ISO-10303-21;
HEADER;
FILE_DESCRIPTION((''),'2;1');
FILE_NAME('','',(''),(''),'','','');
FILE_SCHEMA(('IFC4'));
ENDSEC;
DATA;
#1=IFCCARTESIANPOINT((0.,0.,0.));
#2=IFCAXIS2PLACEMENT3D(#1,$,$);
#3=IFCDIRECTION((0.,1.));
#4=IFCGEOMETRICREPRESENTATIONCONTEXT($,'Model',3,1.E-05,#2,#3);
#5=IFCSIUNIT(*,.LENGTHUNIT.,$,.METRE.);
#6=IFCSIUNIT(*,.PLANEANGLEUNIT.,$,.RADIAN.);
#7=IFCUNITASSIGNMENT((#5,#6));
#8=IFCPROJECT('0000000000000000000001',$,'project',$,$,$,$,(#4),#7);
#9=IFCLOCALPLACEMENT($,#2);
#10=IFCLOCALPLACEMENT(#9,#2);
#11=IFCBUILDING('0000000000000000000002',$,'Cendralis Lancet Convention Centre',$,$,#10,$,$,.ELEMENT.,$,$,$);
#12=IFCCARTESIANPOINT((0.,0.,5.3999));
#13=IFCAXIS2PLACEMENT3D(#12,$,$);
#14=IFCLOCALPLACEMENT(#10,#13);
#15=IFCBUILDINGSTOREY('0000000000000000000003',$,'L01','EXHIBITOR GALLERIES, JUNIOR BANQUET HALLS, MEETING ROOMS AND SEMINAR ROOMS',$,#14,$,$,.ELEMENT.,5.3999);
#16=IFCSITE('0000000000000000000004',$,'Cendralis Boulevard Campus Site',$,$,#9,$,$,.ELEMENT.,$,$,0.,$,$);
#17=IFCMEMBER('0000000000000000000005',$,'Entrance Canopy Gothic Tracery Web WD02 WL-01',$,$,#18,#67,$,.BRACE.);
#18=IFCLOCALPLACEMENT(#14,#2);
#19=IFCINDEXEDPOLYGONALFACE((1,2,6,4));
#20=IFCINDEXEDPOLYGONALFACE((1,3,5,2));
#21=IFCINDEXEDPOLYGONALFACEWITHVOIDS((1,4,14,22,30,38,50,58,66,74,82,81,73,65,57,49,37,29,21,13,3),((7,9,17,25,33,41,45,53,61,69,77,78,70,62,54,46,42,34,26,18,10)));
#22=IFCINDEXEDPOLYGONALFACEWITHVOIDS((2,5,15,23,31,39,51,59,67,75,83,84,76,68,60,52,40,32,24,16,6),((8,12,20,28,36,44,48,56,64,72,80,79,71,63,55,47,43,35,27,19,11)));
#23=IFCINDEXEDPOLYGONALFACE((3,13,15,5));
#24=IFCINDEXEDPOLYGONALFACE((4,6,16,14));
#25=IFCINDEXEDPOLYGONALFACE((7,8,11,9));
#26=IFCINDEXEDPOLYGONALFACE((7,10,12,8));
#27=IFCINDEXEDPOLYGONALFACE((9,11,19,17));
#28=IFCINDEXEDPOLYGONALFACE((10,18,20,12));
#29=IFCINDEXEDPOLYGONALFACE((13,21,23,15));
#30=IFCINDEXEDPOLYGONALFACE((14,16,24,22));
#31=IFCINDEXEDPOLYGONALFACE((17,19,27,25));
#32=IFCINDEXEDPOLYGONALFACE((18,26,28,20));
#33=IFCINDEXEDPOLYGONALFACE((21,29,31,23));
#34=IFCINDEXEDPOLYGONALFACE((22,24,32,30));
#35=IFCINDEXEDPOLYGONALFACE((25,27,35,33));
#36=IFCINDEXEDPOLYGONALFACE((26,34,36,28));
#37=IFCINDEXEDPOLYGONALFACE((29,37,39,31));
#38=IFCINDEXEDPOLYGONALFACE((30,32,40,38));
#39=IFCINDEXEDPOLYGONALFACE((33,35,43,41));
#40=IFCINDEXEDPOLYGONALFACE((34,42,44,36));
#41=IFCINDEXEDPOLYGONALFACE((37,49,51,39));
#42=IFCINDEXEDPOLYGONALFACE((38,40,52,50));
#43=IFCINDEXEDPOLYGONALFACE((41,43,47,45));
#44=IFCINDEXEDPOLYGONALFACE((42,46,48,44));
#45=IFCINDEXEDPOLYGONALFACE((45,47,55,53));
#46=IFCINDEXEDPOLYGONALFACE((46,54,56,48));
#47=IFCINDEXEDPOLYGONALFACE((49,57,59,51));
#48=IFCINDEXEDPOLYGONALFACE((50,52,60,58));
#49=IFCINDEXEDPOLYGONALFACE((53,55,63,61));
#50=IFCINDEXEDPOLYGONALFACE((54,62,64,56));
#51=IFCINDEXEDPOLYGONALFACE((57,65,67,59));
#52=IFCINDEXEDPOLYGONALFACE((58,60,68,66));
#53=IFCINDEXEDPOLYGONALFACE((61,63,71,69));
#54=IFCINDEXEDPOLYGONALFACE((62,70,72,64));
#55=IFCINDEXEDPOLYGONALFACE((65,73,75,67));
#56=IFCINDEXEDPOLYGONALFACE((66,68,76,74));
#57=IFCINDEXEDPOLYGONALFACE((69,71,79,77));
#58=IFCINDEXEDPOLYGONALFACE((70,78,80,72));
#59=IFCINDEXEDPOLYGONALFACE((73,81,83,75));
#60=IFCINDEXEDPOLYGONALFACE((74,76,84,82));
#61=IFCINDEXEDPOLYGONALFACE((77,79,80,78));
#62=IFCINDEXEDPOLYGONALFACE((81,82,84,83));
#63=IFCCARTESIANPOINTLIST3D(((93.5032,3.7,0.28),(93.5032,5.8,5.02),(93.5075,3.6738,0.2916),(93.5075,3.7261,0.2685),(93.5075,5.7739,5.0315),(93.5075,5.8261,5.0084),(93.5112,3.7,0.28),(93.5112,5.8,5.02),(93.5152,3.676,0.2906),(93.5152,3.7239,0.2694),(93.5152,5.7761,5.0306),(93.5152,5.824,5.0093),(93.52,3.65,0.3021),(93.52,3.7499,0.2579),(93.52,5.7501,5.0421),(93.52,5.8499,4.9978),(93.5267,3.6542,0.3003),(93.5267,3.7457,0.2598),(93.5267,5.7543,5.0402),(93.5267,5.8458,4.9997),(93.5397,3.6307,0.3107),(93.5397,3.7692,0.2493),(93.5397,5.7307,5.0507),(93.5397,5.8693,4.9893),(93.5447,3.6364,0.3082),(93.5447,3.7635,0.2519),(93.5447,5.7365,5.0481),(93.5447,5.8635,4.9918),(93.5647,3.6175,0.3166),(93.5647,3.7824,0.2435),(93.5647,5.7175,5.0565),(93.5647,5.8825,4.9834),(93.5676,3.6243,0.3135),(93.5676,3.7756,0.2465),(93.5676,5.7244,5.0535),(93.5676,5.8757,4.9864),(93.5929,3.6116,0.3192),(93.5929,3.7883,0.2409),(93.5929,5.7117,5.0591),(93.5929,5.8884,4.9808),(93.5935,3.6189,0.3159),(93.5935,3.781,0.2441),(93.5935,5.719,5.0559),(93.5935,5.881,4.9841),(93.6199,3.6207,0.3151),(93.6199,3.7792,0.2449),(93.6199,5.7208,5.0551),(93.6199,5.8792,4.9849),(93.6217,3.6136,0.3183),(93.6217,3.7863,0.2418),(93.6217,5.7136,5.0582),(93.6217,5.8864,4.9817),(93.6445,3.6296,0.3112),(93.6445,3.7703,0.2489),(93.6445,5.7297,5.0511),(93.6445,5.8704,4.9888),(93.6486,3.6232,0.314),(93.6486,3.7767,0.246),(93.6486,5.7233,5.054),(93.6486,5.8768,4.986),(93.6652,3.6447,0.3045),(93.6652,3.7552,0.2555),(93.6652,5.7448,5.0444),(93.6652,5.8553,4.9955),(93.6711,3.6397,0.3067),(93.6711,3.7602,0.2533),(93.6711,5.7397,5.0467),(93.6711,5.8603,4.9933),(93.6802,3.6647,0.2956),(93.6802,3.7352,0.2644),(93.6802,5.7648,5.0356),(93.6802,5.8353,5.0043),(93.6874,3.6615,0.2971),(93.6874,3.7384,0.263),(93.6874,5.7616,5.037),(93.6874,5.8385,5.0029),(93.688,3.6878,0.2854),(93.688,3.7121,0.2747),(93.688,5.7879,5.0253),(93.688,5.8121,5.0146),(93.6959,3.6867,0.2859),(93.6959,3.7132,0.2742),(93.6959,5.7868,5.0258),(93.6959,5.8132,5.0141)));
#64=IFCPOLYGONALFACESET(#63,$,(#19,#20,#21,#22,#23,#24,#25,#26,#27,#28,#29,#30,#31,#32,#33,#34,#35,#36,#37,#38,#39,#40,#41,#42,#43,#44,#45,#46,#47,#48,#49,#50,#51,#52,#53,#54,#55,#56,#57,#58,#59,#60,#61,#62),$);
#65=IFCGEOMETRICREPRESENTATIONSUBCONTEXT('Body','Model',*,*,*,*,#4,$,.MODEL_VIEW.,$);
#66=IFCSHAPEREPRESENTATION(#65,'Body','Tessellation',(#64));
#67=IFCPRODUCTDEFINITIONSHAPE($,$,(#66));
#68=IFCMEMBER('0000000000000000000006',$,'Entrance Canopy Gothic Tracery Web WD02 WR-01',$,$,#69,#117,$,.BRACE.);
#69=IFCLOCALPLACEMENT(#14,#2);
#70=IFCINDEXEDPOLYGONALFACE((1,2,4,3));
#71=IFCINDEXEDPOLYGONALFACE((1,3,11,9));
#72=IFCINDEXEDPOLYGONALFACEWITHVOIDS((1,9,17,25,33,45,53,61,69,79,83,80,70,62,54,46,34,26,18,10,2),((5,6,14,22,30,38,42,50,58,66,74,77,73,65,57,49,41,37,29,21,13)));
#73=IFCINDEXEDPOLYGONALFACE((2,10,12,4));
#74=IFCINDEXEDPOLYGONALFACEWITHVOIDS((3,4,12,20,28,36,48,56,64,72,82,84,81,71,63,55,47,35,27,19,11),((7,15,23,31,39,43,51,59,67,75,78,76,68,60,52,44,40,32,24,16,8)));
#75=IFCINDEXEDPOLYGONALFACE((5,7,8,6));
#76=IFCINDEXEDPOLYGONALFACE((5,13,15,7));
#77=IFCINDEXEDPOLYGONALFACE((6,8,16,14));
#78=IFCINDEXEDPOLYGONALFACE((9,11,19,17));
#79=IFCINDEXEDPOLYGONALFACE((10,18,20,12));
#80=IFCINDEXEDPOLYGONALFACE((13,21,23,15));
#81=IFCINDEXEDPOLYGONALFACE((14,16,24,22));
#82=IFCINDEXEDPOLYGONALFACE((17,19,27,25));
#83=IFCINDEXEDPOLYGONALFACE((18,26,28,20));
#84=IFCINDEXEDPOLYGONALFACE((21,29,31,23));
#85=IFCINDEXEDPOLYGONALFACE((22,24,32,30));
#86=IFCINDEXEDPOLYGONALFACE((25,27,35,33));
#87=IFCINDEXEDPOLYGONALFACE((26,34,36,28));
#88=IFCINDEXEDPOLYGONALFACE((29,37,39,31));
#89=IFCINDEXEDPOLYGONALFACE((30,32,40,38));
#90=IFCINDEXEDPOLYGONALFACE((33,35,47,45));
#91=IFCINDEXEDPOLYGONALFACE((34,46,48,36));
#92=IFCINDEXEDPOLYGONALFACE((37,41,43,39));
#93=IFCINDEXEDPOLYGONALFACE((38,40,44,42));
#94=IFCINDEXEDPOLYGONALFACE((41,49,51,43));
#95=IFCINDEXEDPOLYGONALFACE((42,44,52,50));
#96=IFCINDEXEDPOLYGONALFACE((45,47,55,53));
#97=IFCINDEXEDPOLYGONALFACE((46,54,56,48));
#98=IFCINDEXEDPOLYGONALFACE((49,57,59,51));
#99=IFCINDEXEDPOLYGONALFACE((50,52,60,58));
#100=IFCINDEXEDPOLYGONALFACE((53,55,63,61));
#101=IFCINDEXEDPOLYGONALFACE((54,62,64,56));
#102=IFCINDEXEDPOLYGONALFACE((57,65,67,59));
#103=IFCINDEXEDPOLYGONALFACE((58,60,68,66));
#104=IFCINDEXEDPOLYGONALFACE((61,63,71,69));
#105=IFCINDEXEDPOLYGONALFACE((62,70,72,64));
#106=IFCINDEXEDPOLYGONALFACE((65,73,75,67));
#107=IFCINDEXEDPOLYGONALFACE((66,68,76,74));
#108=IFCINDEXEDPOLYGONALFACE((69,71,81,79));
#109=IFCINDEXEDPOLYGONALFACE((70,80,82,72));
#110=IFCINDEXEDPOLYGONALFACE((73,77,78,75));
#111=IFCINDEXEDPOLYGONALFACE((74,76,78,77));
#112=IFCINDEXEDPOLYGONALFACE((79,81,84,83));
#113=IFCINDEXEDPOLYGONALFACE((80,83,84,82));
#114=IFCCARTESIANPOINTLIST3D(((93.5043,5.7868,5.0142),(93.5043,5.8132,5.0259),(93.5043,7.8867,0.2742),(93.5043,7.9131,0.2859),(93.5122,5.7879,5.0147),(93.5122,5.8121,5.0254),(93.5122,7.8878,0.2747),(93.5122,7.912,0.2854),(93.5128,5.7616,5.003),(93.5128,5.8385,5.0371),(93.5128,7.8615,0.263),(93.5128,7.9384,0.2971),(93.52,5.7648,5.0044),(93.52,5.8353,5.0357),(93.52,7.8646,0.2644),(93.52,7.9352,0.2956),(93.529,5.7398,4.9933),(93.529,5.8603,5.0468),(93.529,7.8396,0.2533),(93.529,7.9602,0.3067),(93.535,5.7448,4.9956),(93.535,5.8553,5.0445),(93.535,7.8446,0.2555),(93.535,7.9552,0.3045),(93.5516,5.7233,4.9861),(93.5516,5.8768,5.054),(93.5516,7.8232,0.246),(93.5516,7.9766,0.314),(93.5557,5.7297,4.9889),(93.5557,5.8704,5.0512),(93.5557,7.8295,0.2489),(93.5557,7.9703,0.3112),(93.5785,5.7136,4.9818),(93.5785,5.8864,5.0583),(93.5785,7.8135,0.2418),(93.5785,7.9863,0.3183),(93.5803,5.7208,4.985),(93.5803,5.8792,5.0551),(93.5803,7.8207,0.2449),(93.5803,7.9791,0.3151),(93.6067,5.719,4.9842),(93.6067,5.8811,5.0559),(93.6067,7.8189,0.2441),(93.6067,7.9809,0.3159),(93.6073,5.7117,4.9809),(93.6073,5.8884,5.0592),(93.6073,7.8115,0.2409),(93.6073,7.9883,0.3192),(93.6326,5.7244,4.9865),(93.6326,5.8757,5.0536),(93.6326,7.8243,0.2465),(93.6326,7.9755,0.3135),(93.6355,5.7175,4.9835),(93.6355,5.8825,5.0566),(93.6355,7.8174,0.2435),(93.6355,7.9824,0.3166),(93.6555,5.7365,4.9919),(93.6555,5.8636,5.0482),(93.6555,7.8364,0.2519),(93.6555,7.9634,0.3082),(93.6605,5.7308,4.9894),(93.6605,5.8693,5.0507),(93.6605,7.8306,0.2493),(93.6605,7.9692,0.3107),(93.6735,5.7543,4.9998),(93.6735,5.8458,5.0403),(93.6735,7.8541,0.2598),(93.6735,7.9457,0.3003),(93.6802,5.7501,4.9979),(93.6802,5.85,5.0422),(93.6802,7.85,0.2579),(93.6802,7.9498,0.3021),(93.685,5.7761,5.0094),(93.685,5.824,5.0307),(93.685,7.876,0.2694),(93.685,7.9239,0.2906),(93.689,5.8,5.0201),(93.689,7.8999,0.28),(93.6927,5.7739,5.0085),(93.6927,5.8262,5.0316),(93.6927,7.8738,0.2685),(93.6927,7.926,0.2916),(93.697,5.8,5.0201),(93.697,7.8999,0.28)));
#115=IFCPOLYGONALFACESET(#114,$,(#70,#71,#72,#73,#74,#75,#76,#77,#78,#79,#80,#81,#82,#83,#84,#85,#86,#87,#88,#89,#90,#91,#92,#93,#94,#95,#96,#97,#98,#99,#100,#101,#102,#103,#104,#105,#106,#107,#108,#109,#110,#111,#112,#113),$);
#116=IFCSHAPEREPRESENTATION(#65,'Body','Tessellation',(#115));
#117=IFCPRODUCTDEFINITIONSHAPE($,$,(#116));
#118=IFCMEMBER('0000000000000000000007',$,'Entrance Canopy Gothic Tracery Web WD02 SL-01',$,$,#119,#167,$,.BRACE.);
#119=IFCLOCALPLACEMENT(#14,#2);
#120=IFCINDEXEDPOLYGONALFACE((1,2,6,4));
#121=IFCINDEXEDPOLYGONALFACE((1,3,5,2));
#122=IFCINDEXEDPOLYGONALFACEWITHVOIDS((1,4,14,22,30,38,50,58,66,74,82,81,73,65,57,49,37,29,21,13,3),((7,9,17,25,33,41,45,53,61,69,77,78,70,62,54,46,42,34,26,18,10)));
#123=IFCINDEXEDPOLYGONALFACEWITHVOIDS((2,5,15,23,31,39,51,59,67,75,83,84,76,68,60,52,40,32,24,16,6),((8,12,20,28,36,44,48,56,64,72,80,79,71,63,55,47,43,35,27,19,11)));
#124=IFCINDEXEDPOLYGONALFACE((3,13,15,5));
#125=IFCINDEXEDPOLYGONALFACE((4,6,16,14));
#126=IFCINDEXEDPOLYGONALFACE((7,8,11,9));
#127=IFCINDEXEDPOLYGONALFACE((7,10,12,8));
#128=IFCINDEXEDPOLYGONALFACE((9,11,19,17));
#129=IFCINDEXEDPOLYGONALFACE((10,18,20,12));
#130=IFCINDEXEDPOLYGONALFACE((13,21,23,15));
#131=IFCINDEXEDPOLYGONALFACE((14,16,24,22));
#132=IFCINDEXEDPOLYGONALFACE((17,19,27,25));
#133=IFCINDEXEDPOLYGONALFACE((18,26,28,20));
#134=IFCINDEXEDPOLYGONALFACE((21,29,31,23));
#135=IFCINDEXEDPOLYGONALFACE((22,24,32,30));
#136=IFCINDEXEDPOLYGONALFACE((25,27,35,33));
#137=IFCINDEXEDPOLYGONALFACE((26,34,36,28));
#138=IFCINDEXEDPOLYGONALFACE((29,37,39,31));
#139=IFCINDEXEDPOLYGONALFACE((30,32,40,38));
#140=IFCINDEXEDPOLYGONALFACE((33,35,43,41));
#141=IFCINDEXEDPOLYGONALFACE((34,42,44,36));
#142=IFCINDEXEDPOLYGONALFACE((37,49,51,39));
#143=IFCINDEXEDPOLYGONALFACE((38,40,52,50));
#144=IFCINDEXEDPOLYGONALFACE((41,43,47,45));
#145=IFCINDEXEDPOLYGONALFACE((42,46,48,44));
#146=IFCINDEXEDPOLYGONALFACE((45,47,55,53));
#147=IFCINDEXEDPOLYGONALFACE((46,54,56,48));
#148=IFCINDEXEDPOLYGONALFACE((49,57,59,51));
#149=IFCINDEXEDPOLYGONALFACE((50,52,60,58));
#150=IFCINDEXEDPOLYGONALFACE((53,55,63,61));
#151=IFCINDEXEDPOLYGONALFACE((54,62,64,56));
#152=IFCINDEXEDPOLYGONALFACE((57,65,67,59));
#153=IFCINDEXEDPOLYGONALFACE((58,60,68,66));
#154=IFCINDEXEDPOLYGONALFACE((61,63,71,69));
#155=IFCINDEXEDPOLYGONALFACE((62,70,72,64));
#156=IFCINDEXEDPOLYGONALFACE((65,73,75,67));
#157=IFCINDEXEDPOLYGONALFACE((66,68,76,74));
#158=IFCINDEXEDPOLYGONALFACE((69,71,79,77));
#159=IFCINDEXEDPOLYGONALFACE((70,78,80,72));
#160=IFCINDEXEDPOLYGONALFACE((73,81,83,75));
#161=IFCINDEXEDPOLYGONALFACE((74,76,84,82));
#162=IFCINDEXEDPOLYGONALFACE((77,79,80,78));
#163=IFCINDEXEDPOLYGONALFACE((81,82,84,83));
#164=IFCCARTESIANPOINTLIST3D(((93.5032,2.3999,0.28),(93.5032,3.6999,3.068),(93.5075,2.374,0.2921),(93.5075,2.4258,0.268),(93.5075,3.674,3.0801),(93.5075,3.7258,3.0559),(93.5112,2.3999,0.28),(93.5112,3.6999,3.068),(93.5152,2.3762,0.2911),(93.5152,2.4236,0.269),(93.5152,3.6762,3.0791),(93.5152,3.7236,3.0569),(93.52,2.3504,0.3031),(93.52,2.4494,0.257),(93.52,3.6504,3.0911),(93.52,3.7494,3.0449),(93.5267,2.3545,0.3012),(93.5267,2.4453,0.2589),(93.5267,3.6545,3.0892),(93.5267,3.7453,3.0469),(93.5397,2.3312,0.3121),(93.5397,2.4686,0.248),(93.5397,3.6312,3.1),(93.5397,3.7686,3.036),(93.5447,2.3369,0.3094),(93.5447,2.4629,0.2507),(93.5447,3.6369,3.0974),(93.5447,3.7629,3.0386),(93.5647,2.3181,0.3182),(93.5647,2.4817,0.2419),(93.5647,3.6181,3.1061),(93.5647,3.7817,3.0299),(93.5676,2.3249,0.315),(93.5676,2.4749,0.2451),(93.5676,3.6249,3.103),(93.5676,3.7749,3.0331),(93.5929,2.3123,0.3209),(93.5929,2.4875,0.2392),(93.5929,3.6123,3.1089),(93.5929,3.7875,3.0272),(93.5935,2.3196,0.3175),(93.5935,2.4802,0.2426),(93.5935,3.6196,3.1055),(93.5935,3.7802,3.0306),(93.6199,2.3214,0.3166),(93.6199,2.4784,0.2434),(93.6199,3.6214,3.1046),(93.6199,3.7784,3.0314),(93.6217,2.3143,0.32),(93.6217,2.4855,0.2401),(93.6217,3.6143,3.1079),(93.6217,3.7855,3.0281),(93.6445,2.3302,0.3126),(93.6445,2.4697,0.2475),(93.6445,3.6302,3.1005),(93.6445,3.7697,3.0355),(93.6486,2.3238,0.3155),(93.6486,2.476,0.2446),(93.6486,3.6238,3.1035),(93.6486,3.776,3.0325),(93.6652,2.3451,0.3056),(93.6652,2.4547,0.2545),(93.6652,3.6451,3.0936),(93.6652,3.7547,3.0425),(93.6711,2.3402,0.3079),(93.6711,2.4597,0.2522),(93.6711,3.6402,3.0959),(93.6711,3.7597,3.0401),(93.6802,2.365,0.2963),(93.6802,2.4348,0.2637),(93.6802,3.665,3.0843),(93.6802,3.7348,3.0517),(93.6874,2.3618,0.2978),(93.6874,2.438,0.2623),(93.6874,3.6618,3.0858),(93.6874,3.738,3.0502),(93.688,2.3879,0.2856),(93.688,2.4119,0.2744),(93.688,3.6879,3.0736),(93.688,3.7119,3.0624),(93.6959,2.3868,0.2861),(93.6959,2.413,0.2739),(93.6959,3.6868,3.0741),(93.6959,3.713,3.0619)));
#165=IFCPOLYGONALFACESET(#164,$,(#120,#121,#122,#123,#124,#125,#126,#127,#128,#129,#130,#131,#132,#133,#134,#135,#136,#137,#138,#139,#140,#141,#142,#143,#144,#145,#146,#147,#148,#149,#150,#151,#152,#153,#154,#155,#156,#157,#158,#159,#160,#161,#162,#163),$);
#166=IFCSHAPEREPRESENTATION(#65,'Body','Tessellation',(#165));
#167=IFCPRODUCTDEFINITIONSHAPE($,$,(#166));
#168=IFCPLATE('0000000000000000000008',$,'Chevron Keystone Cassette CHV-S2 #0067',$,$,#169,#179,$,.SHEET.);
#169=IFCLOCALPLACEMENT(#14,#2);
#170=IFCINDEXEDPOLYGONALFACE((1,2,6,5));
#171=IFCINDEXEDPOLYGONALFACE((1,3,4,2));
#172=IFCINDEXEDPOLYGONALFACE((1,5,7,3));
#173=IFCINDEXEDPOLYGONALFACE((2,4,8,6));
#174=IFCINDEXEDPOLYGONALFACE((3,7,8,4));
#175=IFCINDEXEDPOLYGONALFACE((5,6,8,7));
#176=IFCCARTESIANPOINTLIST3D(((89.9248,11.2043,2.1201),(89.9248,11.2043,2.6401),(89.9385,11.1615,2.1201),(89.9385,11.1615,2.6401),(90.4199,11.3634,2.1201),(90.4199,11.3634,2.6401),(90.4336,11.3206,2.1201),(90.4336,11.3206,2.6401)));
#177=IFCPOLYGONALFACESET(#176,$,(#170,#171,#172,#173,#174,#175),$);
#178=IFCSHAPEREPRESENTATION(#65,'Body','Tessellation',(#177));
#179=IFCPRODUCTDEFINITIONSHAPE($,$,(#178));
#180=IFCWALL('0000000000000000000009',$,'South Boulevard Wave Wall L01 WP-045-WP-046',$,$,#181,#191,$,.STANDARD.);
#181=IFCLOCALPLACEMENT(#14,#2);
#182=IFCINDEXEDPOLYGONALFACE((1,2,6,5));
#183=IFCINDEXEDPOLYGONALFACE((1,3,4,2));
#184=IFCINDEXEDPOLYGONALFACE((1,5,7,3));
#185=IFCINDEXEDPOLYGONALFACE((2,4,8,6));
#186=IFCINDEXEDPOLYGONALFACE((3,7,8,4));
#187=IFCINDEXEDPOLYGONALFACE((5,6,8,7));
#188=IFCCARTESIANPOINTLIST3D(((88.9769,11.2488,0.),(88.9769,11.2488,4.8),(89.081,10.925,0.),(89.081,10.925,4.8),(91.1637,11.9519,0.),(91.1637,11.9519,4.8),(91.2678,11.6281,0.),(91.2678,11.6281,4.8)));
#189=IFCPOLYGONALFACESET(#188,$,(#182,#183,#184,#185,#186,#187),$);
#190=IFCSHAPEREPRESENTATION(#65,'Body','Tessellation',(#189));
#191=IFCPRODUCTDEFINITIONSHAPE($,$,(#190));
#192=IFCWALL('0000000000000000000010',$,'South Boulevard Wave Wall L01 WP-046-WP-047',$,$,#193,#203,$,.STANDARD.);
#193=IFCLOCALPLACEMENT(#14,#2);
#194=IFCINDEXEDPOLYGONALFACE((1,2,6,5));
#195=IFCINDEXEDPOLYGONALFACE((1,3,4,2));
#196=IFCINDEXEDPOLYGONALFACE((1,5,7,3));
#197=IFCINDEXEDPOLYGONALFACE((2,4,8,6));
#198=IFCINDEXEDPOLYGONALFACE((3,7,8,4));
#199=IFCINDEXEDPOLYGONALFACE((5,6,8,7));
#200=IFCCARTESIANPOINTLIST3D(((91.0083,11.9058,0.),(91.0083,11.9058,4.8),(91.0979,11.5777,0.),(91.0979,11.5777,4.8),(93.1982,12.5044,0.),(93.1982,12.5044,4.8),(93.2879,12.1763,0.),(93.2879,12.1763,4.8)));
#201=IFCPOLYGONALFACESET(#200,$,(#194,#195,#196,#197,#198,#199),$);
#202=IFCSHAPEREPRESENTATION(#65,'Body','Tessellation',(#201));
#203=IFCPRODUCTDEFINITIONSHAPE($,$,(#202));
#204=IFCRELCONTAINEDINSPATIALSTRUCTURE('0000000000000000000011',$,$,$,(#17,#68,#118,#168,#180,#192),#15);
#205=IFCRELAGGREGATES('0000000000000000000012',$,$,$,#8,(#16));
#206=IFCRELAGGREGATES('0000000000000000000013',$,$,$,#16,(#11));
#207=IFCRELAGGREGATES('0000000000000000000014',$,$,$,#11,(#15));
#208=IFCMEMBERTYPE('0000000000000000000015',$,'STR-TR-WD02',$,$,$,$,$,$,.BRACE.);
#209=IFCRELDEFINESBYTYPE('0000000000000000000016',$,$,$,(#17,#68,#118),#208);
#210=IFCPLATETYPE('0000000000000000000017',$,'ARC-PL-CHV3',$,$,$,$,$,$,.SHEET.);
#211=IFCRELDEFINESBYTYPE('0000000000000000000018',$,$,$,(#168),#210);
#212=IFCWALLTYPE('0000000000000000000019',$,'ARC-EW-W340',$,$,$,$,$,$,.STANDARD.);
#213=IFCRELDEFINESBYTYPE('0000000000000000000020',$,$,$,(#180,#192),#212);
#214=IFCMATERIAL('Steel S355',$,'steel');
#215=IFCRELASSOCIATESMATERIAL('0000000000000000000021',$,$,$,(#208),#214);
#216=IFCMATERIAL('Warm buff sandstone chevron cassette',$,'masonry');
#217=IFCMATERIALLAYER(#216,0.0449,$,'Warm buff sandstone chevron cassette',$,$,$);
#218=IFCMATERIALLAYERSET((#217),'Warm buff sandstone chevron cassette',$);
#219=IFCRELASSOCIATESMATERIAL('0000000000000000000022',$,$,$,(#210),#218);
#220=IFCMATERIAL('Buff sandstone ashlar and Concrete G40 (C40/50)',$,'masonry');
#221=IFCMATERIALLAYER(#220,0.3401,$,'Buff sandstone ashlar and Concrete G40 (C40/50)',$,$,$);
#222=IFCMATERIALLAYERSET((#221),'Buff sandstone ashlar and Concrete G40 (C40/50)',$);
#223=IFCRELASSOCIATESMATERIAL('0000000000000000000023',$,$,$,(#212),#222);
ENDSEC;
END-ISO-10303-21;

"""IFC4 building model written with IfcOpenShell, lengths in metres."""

from ifc_helpers import new_model, si_unit, direction, frame, frame_2d, origin, origin_2d, place, context, subcontext, project, spatial, rectangle, hollow_circle, extrude, material, layer, layer_set, material_profile, profile_set, type_object, element, save


model = new_model("IFC4")

# Units and contexts
model_context = context("Model", 3, precision=1e-05, world=origin(), true_north=direction((0.0, 1.0)))
body_context = subcontext(model_context, "Body", "Model", "MODEL_VIEW")
ifc_project = project(units=[si_unit("LENGTHUNIT", "METRE"), si_unit("PLANEANGLEUNIT", "RADIAN")], contexts=[model_context])

# Site, building, storey
site_placement = place(None, origin())
site = spatial("IfcSite", under=ifc_project, at=site_placement, Name="Cendralis Boulevard Campus Site", CompositionType="ELEMENT", RefElevation=0.0)
building_placement = place(site_placement, origin())
building = spatial("IfcBuilding", under=site, at=building_placement, Name="Cendralis Lancet Convention Centre", CompositionType="ELEMENT")
storey_placement = place(building_placement, frame((0.0, 0.0, 5.3999)))
storey = spatial("IfcBuildingStorey", under=building, at=storey_placement, Name="L01", Description="EXHIBITOR GALLERIES, JUNIOR BANQUET HALLS, MEETING ROOMS AND SEMINAR ROOMS", CompositionType="ELEMENT", Elevation=5.3999)

# Members
ifc_material_1 = material(Name="Steel S355", Category="steel")
ifc_material_profile_1 = material_profile(ifc_material_1, hollow_circle(Radius=0.0969, WallThickness=0.0081, at=origin_2d()), Name="CHS 193.7x8.0")
ifc_profile_set_1 = profile_set([ifc_material_profile_1], Name="Steel S355")
member_type_1 = type_object("IfcMemberType", Name="STR-TR-WD02", PredefinedType="BRACE", material=ifc_profile_set_1)
for number, where, z_axis, x_axis, name in (
    (1, (93.6001, 3.7, 0.28), (0.0, 0.405081, 0.914281), (-1.0, 0.0, 0.0), "Entrance Canopy Gothic Tracery Web WD02 WL-01"),
    (2, (93.6001, 7.8999, 0.28), (0.0, -0.405041, 0.914298), (1.0, 0.0, 0.0), "Entrance Canopy Gothic Tracery Web WD02 WR-01"),
):
    element("IfcMember", number, at=place(storey_placement, frame(where, z_axis=z_axis, x_axis=x_axis)), inside=storey, type_object=member_type_1, Name=name, PredefinedType="BRACE", context=body_context, shape_type="SweptSolid", body=[
        extrude(hollow_circle(Radius=0.0969, WallThickness=0.0081, at=origin_2d()), origin(), (0.0, 0.0, 1.0), 5.1843),
    ])
member_1_placement = place(storey_placement, frame((93.6001, 2.3999, 0.28), z_axis=(0.0, 0.422603, 0.906315), x_axis=(-1.0, 0.0, 0.0)))
element("IfcMember", 3, at=member_1_placement, inside=storey, type_object=member_type_1, Name="Entrance Canopy Gothic Tracery Web WD02 SL-01", PredefinedType="BRACE", context=body_context, shape_type="SweptSolid", body=[
    extrude(hollow_circle(Radius=0.0969, WallThickness=0.0081, at=origin_2d()), origin(), (0.0, 0.0, 1.0), 3.0762),
])

# Plate
ifc_material_2 = material(Name="Warm buff sandstone chevron cassette", Category="masonry")
ifc_layer_1 = layer(ifc_material_2, 0.0449, Name="Warm buff sandstone chevron cassette")
ifc_layer_set_1 = layer_set([ifc_layer_1], Name="Warm buff sandstone chevron cassette")
plate_type = type_object("IfcPlateType", Name="ARC-PL-CHV3", PredefinedType="SHEET", material=ifc_layer_set_1)
plate_placement = place(storey_placement, frame((90.1792, 11.2625, 2.1201), z_axis=(0.0, 0.0, 1.0), x_axis=(0.952012, 0.306061, 0.0)))
element("IfcPlate", 4, at=plate_placement, inside=storey, type_object=plate_type, Name="Chevron Keystone Cassette CHV-S2 #0067", PredefinedType="SHEET", context=body_context, shape_type="SweptSolid", body=[
    extrude(rectangle(XDim=0.52, YDim=0.0449, at=origin_2d()), origin(), (0.0, 0.0, 1.0), 0.52),
])

# Walls
ifc_material_3 = material(Name="Buff sandstone ashlar and Concrete G40 (C40/50)", Category="masonry")
ifc_layer_2 = layer(ifc_material_3, 0.3401, Name="Buff sandstone ashlar and Concrete G40 (C40/50)")
ifc_layer_set_2 = layer_set([ifc_layer_2], Name="Buff sandstone ashlar and Concrete G40 (C40/50)")
wall_type = type_object("IfcWallType", Name="ARC-EW-W340", PredefinedType="STANDARD", material=ifc_layer_set_2)
wall_1_placement = place(storey_placement, frame((89.0291, 11.0869, 0.0), z_axis=(0.0, 0.0, 1.0), x_axis=(0.951999, 0.306102, 0.0)))
element("IfcWall", 5, at=wall_1_placement, inside=storey, type_object=wall_type, Name="South Boulevard Wave Wall L01 WP-045-WP-046", PredefinedType="STANDARD", context=body_context, shape_type="SweptSolid", body=[
    extrude(rectangle(XDim=2.2971, YDim=0.3401, at=frame_2d((1.1484, 0.0))), origin(), (0.0, 0.0, 1.0), 4.8),
])
wall_2_placement = place(storey_placement, frame((91.053, 11.7417, 0.0), z_axis=(0.0, 0.0, 1.0), x_axis=(0.96461, 0.263682, 0.0)))
element("IfcWall", 6, at=wall_2_placement, inside=storey, type_object=wall_type, Name="South Boulevard Wave Wall L01 WP-046-WP-047", PredefinedType="STANDARD", context=body_context, shape_type="SweptSolid", body=[
    extrude(rectangle(XDim=2.2703, YDim=0.3401, at=frame_2d((1.1353, 0.0))), origin(), (0.0, 0.0, 1.0), 4.8),
])

save(model, "model.ifc")
